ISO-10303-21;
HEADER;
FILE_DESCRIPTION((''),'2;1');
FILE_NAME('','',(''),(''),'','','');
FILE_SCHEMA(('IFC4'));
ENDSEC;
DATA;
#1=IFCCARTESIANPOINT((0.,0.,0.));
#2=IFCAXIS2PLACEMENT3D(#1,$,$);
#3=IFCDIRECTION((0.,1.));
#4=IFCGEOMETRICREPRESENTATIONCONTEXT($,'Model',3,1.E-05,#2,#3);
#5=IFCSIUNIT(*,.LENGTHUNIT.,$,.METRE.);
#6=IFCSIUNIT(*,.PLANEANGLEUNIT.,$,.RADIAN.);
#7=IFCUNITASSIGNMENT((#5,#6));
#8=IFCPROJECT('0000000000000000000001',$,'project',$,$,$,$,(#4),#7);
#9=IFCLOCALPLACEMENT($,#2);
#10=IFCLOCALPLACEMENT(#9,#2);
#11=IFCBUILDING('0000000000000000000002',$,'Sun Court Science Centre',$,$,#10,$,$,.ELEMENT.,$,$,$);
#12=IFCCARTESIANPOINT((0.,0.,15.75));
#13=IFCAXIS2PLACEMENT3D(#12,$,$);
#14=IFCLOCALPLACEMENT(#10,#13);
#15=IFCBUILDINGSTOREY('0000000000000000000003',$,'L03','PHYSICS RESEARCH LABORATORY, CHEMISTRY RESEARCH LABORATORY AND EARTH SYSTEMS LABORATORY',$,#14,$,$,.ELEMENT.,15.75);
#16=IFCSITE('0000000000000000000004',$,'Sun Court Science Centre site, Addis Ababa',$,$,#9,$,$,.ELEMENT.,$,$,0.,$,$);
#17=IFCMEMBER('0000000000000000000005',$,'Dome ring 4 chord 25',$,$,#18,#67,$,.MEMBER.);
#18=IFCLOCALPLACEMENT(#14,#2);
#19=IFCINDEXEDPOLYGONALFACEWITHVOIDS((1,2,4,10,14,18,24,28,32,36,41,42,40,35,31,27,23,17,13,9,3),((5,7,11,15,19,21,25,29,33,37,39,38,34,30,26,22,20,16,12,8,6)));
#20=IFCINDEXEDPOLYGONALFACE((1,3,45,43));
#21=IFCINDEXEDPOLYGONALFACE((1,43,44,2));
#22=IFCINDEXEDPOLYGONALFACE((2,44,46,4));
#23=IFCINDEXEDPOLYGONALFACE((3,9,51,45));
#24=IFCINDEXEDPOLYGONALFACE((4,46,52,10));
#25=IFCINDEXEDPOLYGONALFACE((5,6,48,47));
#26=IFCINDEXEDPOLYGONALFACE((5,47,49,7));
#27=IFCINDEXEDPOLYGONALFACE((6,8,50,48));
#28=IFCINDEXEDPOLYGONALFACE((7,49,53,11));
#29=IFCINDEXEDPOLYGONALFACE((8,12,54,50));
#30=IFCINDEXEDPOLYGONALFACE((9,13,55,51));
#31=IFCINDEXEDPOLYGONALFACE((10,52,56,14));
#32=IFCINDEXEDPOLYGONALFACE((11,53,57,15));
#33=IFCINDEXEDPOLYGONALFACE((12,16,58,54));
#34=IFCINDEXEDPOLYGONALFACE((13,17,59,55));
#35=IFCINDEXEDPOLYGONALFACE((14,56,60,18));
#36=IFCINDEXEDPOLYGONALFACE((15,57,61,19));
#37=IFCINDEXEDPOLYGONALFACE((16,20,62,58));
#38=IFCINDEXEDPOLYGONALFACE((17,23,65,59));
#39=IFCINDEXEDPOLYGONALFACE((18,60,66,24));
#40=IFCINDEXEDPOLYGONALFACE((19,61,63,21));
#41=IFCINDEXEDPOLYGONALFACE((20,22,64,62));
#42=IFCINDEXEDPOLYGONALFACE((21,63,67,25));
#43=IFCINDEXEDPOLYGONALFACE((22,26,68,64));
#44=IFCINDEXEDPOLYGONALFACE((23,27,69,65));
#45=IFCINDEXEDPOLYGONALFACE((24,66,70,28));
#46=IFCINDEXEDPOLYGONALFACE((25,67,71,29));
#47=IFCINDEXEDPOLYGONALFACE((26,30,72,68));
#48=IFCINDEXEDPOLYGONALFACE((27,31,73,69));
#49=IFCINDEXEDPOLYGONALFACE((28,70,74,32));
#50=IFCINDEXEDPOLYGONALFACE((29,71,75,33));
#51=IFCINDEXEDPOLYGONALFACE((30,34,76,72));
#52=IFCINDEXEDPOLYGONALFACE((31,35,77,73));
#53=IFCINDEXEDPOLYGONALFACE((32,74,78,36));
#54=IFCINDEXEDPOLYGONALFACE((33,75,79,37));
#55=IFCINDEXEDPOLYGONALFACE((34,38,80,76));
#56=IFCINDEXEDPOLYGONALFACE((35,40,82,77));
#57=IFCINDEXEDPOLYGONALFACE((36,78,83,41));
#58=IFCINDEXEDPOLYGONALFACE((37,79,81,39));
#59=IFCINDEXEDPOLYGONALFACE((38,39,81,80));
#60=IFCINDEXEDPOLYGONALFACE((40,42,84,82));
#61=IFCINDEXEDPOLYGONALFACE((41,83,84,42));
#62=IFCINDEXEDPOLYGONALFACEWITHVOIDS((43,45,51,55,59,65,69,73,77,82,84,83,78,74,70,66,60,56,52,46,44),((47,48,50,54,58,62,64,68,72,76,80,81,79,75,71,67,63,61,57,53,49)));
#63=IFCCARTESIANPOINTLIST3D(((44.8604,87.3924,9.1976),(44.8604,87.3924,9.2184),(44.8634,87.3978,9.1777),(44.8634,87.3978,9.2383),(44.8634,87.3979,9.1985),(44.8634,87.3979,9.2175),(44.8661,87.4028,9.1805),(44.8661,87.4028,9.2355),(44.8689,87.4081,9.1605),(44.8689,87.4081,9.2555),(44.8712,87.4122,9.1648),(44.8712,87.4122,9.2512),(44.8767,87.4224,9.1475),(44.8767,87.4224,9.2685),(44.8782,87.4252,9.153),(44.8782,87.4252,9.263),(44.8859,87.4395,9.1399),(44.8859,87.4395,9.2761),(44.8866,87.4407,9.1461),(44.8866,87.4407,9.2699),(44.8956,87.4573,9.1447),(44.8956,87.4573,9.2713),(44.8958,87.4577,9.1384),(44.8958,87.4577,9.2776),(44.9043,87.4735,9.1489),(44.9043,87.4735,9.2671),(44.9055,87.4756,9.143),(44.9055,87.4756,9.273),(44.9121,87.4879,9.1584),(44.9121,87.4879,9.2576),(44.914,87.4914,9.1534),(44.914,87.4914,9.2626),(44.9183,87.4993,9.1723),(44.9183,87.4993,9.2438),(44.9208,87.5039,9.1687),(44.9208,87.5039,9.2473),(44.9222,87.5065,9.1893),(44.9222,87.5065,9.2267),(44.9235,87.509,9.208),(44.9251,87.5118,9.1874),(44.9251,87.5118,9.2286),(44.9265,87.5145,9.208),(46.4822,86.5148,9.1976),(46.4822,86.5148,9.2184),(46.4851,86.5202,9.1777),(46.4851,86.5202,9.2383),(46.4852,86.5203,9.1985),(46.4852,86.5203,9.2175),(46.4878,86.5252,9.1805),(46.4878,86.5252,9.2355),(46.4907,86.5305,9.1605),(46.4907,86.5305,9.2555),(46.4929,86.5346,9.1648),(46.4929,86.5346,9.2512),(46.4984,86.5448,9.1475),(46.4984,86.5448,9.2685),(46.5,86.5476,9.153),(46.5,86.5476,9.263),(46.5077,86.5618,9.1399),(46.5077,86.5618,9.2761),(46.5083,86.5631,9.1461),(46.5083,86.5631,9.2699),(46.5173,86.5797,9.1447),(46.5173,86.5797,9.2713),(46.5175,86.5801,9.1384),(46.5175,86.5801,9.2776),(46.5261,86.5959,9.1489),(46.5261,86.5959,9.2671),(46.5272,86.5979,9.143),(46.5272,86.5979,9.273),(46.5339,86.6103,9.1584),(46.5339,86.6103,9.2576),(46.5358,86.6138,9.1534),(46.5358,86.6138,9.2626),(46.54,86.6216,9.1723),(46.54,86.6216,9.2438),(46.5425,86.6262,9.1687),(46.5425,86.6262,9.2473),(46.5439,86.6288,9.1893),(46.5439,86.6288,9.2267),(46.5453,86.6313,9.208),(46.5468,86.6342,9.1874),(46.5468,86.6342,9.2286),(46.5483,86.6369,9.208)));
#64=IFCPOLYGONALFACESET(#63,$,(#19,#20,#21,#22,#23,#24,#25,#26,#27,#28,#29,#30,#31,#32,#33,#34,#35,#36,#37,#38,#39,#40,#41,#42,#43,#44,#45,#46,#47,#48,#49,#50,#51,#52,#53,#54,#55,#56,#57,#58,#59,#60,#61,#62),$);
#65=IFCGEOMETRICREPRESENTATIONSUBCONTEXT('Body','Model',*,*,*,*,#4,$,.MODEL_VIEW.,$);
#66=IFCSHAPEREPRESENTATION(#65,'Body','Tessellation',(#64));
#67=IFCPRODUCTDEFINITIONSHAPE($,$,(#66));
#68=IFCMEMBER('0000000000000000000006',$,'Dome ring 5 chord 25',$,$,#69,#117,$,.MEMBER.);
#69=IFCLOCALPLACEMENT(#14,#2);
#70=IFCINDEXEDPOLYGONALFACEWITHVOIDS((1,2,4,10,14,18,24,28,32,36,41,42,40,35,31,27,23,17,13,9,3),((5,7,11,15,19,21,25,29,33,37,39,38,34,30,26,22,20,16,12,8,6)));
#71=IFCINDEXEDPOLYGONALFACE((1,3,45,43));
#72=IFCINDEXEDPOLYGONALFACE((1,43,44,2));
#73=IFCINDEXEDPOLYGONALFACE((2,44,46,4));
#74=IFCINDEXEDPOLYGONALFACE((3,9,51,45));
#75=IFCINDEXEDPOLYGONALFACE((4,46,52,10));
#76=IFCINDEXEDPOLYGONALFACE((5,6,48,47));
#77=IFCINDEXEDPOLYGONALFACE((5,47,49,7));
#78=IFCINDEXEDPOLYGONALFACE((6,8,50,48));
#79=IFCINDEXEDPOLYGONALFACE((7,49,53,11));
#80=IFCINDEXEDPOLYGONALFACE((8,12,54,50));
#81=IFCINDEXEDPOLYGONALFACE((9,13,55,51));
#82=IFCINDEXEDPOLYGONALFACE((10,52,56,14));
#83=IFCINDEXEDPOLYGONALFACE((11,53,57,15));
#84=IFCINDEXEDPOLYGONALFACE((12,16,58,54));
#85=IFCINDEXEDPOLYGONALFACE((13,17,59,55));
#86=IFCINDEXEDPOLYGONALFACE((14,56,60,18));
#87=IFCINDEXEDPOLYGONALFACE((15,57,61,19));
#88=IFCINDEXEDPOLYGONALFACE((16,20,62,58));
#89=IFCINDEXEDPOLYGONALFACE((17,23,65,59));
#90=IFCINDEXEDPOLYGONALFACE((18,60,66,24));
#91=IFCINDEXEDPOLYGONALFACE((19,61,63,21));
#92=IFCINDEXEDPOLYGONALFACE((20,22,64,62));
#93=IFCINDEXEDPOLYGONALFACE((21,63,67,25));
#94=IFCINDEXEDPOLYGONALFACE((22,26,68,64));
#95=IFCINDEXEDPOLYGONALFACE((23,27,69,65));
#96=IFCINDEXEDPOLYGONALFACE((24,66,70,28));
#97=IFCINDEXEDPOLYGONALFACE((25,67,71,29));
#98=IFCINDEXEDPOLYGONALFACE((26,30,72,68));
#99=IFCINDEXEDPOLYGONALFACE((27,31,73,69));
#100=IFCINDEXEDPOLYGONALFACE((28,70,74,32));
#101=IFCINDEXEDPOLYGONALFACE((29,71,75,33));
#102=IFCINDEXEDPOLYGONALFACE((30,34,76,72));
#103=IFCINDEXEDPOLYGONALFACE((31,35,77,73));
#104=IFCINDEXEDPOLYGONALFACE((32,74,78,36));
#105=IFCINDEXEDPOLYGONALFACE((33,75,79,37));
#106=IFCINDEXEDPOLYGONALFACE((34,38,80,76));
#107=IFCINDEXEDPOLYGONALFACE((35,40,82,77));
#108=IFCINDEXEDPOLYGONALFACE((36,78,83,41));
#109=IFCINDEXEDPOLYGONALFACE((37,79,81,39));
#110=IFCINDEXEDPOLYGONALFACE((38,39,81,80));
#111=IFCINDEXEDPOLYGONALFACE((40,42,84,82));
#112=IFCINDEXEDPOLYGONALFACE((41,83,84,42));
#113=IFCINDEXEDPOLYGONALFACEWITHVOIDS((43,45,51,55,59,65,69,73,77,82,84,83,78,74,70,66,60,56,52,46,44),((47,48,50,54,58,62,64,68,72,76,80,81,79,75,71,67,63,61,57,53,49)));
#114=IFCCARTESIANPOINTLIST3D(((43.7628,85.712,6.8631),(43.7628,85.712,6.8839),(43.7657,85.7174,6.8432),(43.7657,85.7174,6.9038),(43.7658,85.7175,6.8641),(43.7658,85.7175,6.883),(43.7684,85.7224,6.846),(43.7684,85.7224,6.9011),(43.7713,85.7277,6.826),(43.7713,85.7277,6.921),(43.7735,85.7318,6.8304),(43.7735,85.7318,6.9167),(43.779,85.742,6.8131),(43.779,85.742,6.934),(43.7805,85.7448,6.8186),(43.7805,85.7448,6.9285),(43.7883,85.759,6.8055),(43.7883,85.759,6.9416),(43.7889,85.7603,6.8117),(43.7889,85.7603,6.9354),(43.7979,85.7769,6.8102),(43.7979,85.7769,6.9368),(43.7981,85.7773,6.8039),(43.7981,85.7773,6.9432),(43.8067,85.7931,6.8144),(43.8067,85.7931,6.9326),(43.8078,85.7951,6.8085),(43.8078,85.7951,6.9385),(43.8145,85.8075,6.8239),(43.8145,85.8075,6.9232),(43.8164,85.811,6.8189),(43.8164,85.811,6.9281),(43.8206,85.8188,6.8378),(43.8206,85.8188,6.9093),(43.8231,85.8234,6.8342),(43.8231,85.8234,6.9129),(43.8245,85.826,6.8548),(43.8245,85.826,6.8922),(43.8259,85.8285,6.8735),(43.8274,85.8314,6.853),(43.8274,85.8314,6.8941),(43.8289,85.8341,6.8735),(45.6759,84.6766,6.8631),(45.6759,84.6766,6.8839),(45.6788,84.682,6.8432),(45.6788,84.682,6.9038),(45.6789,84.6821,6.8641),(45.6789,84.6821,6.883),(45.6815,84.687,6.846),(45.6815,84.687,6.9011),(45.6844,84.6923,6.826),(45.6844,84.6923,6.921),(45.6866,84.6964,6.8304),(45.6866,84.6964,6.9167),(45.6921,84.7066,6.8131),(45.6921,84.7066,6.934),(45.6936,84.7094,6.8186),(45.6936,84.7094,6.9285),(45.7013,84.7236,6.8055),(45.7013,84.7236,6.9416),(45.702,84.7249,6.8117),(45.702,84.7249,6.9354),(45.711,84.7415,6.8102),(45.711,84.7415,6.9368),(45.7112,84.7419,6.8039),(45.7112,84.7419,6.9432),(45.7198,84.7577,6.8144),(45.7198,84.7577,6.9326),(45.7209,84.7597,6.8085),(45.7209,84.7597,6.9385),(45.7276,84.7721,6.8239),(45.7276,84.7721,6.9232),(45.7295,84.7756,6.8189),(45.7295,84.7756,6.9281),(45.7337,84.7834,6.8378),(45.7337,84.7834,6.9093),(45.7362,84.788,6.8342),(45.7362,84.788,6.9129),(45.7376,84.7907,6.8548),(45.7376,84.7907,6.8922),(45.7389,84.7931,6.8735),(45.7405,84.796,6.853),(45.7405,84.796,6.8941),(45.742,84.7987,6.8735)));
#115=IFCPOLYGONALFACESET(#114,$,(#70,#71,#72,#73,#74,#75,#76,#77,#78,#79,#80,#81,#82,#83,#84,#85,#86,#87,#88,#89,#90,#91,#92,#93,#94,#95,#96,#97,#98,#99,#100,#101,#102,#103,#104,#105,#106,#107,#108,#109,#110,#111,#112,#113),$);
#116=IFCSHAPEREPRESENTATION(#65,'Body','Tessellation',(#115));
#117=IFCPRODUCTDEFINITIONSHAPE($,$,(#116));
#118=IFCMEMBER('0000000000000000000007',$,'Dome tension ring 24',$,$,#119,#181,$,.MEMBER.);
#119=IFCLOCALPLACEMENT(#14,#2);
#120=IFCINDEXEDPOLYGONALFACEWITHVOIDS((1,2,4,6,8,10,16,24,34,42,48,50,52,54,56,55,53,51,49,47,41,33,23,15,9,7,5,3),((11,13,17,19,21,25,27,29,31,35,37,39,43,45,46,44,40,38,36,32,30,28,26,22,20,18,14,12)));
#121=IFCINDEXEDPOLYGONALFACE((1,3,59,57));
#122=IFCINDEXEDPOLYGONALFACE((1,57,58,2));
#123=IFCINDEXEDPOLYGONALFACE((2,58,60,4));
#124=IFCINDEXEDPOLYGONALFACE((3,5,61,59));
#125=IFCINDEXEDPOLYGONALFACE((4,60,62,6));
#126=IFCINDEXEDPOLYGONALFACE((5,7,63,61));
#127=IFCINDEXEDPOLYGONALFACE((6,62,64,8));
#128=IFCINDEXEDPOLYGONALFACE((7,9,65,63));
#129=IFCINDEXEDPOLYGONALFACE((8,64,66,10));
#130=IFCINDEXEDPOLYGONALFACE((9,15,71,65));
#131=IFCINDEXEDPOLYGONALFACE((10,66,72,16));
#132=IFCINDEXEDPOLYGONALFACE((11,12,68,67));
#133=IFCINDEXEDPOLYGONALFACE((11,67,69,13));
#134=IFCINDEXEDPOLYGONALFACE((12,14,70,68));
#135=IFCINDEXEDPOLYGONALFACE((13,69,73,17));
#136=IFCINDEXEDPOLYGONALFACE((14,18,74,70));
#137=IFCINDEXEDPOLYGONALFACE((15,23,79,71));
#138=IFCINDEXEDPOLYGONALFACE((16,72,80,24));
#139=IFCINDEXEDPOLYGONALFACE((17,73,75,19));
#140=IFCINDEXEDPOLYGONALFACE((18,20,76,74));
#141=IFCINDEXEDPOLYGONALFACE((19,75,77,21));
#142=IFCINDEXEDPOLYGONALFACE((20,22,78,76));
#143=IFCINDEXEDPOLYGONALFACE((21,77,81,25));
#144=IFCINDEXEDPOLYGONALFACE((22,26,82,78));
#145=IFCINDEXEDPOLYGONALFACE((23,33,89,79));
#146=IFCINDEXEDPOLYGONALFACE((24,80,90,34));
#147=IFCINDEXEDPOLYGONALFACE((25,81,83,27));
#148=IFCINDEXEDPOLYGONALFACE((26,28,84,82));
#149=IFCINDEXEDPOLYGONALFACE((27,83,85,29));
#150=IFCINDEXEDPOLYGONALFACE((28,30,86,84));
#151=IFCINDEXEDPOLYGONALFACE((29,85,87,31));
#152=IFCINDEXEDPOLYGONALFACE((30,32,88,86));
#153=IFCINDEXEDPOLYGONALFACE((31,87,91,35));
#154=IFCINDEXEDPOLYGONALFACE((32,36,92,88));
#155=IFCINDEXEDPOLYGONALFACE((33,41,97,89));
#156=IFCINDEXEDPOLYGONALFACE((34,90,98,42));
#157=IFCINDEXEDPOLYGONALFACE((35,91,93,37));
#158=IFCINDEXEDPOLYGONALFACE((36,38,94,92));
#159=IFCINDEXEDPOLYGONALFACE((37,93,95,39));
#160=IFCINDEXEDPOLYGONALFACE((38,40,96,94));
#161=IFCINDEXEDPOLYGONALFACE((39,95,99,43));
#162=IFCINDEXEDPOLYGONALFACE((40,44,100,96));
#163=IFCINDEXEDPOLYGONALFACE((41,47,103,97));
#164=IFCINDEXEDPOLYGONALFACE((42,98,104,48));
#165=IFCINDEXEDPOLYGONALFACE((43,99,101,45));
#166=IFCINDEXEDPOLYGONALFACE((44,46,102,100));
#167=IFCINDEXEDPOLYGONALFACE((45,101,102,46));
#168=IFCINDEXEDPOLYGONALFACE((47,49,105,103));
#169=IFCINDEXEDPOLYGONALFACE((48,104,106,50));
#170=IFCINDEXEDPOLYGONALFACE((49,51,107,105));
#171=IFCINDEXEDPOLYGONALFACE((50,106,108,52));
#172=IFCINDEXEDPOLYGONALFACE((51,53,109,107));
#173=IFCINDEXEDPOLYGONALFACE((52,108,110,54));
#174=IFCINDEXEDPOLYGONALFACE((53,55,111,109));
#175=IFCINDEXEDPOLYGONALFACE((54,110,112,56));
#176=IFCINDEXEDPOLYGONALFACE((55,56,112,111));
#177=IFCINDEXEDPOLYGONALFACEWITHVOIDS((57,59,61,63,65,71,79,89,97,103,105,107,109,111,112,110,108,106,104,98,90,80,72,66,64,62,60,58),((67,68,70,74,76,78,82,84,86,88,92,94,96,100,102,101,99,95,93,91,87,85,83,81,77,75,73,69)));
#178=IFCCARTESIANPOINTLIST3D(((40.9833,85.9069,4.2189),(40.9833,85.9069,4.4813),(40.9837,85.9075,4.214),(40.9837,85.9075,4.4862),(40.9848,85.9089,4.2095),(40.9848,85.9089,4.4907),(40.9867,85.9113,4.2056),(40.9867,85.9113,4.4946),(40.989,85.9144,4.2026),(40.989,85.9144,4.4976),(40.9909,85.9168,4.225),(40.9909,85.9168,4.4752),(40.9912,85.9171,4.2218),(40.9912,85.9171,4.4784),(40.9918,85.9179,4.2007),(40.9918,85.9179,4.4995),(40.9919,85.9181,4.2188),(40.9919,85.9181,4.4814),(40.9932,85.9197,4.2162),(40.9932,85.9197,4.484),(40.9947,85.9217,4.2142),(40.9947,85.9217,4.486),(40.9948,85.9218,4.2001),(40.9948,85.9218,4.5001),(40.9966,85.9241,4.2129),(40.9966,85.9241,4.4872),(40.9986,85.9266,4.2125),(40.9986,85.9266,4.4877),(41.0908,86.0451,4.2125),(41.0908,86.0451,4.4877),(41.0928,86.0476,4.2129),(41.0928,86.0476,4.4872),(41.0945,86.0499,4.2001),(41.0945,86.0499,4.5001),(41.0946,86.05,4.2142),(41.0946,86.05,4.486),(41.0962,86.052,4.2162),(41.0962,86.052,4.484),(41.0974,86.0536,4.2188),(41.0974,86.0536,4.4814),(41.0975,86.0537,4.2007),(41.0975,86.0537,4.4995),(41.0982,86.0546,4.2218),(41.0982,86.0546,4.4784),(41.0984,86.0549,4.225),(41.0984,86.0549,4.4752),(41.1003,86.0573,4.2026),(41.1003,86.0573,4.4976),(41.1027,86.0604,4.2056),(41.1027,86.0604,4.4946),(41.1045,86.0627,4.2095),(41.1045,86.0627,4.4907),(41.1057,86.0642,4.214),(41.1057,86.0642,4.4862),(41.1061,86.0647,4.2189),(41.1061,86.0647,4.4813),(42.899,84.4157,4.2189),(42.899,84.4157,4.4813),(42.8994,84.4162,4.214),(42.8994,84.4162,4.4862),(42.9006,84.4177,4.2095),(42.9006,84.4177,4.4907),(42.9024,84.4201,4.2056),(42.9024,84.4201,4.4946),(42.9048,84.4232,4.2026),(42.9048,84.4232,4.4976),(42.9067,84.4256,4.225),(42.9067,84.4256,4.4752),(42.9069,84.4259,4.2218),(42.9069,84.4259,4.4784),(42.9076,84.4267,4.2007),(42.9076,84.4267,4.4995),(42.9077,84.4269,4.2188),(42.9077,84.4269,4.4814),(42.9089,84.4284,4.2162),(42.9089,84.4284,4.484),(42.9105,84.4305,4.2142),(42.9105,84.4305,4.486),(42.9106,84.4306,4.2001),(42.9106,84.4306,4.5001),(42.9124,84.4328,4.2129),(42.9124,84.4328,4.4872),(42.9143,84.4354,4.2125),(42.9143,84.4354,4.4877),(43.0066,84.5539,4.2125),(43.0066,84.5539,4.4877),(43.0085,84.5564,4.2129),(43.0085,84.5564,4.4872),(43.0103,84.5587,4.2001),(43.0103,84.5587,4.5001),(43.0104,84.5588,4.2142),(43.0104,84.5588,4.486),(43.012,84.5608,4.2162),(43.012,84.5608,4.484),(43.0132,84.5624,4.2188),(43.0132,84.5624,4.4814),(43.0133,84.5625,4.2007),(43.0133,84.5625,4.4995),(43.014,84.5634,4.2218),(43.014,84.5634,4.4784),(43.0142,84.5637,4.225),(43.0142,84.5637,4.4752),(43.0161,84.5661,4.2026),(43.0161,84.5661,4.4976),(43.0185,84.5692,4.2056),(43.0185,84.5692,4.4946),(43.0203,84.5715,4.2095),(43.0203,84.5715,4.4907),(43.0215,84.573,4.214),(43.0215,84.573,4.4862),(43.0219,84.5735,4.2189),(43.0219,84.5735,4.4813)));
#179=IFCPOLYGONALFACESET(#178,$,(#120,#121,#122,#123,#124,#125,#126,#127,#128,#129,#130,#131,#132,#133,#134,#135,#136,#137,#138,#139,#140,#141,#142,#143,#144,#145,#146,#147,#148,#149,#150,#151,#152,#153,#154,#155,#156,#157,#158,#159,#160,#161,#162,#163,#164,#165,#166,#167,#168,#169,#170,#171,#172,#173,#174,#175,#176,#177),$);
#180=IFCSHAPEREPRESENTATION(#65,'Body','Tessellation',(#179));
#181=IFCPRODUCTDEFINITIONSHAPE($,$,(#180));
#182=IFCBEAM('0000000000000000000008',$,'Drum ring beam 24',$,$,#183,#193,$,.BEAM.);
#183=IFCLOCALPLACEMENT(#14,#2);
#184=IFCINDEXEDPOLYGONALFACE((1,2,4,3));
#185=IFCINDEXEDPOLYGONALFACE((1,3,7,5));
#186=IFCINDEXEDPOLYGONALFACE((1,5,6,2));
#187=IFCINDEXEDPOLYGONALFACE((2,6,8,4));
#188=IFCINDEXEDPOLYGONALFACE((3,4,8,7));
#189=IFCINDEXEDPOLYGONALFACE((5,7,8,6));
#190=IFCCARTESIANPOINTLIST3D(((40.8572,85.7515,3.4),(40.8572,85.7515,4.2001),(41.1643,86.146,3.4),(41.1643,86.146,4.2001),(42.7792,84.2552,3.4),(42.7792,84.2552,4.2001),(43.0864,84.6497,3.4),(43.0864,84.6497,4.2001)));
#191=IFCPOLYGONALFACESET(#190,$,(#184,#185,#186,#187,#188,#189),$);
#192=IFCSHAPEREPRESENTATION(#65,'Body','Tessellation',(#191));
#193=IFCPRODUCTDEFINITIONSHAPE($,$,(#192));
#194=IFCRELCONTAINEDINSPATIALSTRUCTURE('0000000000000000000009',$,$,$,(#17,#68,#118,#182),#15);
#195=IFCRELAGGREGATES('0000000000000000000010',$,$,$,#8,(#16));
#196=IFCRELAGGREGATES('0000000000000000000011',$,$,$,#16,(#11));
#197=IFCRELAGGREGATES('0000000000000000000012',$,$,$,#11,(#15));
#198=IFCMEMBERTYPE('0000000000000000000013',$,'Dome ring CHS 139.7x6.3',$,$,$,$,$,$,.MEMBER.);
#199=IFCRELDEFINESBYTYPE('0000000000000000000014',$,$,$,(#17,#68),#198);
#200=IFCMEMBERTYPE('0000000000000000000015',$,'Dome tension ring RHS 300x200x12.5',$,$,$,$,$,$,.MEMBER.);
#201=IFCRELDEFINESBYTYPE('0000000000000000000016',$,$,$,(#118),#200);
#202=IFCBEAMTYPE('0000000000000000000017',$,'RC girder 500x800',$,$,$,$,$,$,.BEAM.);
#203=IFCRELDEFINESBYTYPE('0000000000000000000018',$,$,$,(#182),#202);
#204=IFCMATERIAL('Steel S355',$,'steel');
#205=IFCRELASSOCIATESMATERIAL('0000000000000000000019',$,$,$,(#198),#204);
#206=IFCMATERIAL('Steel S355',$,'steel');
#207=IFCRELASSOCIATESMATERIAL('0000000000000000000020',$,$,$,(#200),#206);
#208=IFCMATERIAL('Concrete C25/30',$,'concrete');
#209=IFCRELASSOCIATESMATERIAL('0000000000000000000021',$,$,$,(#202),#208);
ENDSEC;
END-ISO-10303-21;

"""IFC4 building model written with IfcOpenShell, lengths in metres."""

from ifc_helpers import new_model, si_unit, direction, frame, origin, origin_2d, place, context, subcontext, project, spatial, rectangle, hollow_rectangle, hollow_circle, extrude, material, material_profile, profile_set, type_object, element, save


model = new_model("IFC4")

# Units and contexts
model_context = context("Model", 3, precision=1e-05, world=origin(), true_north=direction((0.0, 1.0)))
body_context = subcontext(model_context, "Body", "Model", "MODEL_VIEW")
ifc_project = project(units=[si_unit("LENGTHUNIT", "METRE"), si_unit("PLANEANGLEUNIT", "RADIAN")], contexts=[model_context])

# Site, building, storey
site_placement = place(None, origin())
site = spatial("IfcSite", under=ifc_project, at=site_placement, Name="Sun Court Science Centre site, Addis Ababa", CompositionType="ELEMENT", RefElevation=0.0)
building_placement = place(site_placement, origin())
building = spatial("IfcBuilding", under=site, at=building_placement, Name="Sun Court Science Centre", CompositionType="ELEMENT")
storey_placement = place(building_placement, frame((0.0, 0.0, 15.75)))
storey = spatial("IfcBuildingStorey", under=building, at=storey_placement, Name="L03", Description="PHYSICS RESEARCH LABORATORY, CHEMISTRY RESEARCH LABORATORY AND EARTH SYSTEMS LABORATORY", CompositionType="ELEMENT", Elevation=15.75)

# Members
ifc_material_1 = material(Name="Steel S355", Category="steel")
ifc_material_profile_1 = material_profile(ifc_material_1, hollow_circle(Radius=0.0698, WallThickness=0.0063, at=origin_2d()), Name="CHS 139.7x6.3")
ifc_profile_set_1 = profile_set([ifc_material_profile_1], Name="Steel S355")
member_type_1 = type_object("IfcMemberType", Name="Dome ring CHS 139.7x6.3", PredefinedType="MEMBER", material=ifc_profile_set_1)
member_1_placement = place(storey_placement, frame((44.8933, 87.4531, 9.208), z_axis=(0.879474, -0.475946, 0.0), x_axis=(0.475946, 0.879474, 0.0)))
element("IfcMember", 1, at=member_1_placement, inside=storey, type_object=member_type_1, Name="Dome ring 4 chord 25", PredefinedType="MEMBER", context=body_context, shape_type="SweptSolid", body=[
    extrude(hollow_circle(Radius=0.0698, WallThickness=0.0063, at=origin_2d()), origin(), (0.0, 0.0, 1.0), 1.844),
])
member_2_placement = place(storey_placement, frame((43.7957, 85.7727, 6.8735), z_axis=(0.879456, -0.475979, 0.0), x_axis=(0.475979, 0.879456, 0.0)))
element("IfcMember", 2, at=member_2_placement, inside=storey, type_object=member_type_1, Name="Dome ring 5 chord 25", PredefinedType="MEMBER", context=body_context, shape_type="SweptSolid", body=[
    extrude(hollow_circle(Radius=0.0698, WallThickness=0.0063, at=origin_2d()), origin(), (0.0, 0.0, 1.0), 2.1753),
])
ifc_material_2 = material(Name="Steel S355", Category="steel")
ifc_material_profile_2 = material_profile(ifc_material_2, hollow_rectangle(XDim=0.2, YDim=0.3, WallThickness=0.0125, InnerFilletRadius=0.0125, OuterFilletRadius=0.0188, at=origin_2d()), Name="RHS 300x200x12.5")
ifc_profile_set_2 = profile_set([ifc_material_profile_2], Name="Steel S355")
member_type_2 = type_object("IfcMemberType", Name="Dome tension ring RHS 300x200x12.5", PredefinedType="MEMBER", material=ifc_profile_set_2)
member_3_placement = place(storey_placement, frame((41.0447, 85.9858, 4.3501), z_axis=(0.789119, -0.61424, 0.0), x_axis=(0.61424, 0.789119, 0.0)))
element("IfcMember", 3, at=member_3_placement, inside=storey, type_object=member_type_2, Name="Dome tension ring 24", PredefinedType="MEMBER", context=body_context, shape_type="SweptSolid", body=[
    extrude(hollow_rectangle(XDim=0.2, YDim=0.3, WallThickness=0.0125, InnerFilletRadius=0.0125, OuterFilletRadius=0.0188, at=origin_2d()), origin(), (0.0, 0.0, 1.0), 2.4277),
])

# Beam
ifc_material_3 = material(Name="Concrete C25/30", Category="concrete")
ifc_material_profile_3 = material_profile(ifc_material_3, rectangle(XDim=0.5, YDim=0.8, at=origin_2d()), Name="RC 500x800")
ifc_profile_set_3 = profile_set([ifc_material_profile_3], Name="Concrete C25/30")
beam_type = type_object("IfcBeamType", Name="RC girder 500x800", PredefinedType="BEAM", material=ifc_profile_set_3)
beam_1_placement = place(storey_placement, frame((41.0107, 85.9487, 3.8), z_axis=(0.789082, -0.614287, 0.0), x_axis=(0.614287, 0.789082, 0.0)))
element("IfcBeam", 4, at=beam_1_placement, inside=storey, type_object=beam_type, Name="Drum ring beam 24", PredefinedType="BEAM", context=body_context, shape_type="SweptSolid", body=[
    extrude(rectangle(XDim=0.5, YDim=0.8, at=origin_2d()), origin(), (0.0, 0.0, 1.0), 2.4358),
])

save(model, "model.ifc")
